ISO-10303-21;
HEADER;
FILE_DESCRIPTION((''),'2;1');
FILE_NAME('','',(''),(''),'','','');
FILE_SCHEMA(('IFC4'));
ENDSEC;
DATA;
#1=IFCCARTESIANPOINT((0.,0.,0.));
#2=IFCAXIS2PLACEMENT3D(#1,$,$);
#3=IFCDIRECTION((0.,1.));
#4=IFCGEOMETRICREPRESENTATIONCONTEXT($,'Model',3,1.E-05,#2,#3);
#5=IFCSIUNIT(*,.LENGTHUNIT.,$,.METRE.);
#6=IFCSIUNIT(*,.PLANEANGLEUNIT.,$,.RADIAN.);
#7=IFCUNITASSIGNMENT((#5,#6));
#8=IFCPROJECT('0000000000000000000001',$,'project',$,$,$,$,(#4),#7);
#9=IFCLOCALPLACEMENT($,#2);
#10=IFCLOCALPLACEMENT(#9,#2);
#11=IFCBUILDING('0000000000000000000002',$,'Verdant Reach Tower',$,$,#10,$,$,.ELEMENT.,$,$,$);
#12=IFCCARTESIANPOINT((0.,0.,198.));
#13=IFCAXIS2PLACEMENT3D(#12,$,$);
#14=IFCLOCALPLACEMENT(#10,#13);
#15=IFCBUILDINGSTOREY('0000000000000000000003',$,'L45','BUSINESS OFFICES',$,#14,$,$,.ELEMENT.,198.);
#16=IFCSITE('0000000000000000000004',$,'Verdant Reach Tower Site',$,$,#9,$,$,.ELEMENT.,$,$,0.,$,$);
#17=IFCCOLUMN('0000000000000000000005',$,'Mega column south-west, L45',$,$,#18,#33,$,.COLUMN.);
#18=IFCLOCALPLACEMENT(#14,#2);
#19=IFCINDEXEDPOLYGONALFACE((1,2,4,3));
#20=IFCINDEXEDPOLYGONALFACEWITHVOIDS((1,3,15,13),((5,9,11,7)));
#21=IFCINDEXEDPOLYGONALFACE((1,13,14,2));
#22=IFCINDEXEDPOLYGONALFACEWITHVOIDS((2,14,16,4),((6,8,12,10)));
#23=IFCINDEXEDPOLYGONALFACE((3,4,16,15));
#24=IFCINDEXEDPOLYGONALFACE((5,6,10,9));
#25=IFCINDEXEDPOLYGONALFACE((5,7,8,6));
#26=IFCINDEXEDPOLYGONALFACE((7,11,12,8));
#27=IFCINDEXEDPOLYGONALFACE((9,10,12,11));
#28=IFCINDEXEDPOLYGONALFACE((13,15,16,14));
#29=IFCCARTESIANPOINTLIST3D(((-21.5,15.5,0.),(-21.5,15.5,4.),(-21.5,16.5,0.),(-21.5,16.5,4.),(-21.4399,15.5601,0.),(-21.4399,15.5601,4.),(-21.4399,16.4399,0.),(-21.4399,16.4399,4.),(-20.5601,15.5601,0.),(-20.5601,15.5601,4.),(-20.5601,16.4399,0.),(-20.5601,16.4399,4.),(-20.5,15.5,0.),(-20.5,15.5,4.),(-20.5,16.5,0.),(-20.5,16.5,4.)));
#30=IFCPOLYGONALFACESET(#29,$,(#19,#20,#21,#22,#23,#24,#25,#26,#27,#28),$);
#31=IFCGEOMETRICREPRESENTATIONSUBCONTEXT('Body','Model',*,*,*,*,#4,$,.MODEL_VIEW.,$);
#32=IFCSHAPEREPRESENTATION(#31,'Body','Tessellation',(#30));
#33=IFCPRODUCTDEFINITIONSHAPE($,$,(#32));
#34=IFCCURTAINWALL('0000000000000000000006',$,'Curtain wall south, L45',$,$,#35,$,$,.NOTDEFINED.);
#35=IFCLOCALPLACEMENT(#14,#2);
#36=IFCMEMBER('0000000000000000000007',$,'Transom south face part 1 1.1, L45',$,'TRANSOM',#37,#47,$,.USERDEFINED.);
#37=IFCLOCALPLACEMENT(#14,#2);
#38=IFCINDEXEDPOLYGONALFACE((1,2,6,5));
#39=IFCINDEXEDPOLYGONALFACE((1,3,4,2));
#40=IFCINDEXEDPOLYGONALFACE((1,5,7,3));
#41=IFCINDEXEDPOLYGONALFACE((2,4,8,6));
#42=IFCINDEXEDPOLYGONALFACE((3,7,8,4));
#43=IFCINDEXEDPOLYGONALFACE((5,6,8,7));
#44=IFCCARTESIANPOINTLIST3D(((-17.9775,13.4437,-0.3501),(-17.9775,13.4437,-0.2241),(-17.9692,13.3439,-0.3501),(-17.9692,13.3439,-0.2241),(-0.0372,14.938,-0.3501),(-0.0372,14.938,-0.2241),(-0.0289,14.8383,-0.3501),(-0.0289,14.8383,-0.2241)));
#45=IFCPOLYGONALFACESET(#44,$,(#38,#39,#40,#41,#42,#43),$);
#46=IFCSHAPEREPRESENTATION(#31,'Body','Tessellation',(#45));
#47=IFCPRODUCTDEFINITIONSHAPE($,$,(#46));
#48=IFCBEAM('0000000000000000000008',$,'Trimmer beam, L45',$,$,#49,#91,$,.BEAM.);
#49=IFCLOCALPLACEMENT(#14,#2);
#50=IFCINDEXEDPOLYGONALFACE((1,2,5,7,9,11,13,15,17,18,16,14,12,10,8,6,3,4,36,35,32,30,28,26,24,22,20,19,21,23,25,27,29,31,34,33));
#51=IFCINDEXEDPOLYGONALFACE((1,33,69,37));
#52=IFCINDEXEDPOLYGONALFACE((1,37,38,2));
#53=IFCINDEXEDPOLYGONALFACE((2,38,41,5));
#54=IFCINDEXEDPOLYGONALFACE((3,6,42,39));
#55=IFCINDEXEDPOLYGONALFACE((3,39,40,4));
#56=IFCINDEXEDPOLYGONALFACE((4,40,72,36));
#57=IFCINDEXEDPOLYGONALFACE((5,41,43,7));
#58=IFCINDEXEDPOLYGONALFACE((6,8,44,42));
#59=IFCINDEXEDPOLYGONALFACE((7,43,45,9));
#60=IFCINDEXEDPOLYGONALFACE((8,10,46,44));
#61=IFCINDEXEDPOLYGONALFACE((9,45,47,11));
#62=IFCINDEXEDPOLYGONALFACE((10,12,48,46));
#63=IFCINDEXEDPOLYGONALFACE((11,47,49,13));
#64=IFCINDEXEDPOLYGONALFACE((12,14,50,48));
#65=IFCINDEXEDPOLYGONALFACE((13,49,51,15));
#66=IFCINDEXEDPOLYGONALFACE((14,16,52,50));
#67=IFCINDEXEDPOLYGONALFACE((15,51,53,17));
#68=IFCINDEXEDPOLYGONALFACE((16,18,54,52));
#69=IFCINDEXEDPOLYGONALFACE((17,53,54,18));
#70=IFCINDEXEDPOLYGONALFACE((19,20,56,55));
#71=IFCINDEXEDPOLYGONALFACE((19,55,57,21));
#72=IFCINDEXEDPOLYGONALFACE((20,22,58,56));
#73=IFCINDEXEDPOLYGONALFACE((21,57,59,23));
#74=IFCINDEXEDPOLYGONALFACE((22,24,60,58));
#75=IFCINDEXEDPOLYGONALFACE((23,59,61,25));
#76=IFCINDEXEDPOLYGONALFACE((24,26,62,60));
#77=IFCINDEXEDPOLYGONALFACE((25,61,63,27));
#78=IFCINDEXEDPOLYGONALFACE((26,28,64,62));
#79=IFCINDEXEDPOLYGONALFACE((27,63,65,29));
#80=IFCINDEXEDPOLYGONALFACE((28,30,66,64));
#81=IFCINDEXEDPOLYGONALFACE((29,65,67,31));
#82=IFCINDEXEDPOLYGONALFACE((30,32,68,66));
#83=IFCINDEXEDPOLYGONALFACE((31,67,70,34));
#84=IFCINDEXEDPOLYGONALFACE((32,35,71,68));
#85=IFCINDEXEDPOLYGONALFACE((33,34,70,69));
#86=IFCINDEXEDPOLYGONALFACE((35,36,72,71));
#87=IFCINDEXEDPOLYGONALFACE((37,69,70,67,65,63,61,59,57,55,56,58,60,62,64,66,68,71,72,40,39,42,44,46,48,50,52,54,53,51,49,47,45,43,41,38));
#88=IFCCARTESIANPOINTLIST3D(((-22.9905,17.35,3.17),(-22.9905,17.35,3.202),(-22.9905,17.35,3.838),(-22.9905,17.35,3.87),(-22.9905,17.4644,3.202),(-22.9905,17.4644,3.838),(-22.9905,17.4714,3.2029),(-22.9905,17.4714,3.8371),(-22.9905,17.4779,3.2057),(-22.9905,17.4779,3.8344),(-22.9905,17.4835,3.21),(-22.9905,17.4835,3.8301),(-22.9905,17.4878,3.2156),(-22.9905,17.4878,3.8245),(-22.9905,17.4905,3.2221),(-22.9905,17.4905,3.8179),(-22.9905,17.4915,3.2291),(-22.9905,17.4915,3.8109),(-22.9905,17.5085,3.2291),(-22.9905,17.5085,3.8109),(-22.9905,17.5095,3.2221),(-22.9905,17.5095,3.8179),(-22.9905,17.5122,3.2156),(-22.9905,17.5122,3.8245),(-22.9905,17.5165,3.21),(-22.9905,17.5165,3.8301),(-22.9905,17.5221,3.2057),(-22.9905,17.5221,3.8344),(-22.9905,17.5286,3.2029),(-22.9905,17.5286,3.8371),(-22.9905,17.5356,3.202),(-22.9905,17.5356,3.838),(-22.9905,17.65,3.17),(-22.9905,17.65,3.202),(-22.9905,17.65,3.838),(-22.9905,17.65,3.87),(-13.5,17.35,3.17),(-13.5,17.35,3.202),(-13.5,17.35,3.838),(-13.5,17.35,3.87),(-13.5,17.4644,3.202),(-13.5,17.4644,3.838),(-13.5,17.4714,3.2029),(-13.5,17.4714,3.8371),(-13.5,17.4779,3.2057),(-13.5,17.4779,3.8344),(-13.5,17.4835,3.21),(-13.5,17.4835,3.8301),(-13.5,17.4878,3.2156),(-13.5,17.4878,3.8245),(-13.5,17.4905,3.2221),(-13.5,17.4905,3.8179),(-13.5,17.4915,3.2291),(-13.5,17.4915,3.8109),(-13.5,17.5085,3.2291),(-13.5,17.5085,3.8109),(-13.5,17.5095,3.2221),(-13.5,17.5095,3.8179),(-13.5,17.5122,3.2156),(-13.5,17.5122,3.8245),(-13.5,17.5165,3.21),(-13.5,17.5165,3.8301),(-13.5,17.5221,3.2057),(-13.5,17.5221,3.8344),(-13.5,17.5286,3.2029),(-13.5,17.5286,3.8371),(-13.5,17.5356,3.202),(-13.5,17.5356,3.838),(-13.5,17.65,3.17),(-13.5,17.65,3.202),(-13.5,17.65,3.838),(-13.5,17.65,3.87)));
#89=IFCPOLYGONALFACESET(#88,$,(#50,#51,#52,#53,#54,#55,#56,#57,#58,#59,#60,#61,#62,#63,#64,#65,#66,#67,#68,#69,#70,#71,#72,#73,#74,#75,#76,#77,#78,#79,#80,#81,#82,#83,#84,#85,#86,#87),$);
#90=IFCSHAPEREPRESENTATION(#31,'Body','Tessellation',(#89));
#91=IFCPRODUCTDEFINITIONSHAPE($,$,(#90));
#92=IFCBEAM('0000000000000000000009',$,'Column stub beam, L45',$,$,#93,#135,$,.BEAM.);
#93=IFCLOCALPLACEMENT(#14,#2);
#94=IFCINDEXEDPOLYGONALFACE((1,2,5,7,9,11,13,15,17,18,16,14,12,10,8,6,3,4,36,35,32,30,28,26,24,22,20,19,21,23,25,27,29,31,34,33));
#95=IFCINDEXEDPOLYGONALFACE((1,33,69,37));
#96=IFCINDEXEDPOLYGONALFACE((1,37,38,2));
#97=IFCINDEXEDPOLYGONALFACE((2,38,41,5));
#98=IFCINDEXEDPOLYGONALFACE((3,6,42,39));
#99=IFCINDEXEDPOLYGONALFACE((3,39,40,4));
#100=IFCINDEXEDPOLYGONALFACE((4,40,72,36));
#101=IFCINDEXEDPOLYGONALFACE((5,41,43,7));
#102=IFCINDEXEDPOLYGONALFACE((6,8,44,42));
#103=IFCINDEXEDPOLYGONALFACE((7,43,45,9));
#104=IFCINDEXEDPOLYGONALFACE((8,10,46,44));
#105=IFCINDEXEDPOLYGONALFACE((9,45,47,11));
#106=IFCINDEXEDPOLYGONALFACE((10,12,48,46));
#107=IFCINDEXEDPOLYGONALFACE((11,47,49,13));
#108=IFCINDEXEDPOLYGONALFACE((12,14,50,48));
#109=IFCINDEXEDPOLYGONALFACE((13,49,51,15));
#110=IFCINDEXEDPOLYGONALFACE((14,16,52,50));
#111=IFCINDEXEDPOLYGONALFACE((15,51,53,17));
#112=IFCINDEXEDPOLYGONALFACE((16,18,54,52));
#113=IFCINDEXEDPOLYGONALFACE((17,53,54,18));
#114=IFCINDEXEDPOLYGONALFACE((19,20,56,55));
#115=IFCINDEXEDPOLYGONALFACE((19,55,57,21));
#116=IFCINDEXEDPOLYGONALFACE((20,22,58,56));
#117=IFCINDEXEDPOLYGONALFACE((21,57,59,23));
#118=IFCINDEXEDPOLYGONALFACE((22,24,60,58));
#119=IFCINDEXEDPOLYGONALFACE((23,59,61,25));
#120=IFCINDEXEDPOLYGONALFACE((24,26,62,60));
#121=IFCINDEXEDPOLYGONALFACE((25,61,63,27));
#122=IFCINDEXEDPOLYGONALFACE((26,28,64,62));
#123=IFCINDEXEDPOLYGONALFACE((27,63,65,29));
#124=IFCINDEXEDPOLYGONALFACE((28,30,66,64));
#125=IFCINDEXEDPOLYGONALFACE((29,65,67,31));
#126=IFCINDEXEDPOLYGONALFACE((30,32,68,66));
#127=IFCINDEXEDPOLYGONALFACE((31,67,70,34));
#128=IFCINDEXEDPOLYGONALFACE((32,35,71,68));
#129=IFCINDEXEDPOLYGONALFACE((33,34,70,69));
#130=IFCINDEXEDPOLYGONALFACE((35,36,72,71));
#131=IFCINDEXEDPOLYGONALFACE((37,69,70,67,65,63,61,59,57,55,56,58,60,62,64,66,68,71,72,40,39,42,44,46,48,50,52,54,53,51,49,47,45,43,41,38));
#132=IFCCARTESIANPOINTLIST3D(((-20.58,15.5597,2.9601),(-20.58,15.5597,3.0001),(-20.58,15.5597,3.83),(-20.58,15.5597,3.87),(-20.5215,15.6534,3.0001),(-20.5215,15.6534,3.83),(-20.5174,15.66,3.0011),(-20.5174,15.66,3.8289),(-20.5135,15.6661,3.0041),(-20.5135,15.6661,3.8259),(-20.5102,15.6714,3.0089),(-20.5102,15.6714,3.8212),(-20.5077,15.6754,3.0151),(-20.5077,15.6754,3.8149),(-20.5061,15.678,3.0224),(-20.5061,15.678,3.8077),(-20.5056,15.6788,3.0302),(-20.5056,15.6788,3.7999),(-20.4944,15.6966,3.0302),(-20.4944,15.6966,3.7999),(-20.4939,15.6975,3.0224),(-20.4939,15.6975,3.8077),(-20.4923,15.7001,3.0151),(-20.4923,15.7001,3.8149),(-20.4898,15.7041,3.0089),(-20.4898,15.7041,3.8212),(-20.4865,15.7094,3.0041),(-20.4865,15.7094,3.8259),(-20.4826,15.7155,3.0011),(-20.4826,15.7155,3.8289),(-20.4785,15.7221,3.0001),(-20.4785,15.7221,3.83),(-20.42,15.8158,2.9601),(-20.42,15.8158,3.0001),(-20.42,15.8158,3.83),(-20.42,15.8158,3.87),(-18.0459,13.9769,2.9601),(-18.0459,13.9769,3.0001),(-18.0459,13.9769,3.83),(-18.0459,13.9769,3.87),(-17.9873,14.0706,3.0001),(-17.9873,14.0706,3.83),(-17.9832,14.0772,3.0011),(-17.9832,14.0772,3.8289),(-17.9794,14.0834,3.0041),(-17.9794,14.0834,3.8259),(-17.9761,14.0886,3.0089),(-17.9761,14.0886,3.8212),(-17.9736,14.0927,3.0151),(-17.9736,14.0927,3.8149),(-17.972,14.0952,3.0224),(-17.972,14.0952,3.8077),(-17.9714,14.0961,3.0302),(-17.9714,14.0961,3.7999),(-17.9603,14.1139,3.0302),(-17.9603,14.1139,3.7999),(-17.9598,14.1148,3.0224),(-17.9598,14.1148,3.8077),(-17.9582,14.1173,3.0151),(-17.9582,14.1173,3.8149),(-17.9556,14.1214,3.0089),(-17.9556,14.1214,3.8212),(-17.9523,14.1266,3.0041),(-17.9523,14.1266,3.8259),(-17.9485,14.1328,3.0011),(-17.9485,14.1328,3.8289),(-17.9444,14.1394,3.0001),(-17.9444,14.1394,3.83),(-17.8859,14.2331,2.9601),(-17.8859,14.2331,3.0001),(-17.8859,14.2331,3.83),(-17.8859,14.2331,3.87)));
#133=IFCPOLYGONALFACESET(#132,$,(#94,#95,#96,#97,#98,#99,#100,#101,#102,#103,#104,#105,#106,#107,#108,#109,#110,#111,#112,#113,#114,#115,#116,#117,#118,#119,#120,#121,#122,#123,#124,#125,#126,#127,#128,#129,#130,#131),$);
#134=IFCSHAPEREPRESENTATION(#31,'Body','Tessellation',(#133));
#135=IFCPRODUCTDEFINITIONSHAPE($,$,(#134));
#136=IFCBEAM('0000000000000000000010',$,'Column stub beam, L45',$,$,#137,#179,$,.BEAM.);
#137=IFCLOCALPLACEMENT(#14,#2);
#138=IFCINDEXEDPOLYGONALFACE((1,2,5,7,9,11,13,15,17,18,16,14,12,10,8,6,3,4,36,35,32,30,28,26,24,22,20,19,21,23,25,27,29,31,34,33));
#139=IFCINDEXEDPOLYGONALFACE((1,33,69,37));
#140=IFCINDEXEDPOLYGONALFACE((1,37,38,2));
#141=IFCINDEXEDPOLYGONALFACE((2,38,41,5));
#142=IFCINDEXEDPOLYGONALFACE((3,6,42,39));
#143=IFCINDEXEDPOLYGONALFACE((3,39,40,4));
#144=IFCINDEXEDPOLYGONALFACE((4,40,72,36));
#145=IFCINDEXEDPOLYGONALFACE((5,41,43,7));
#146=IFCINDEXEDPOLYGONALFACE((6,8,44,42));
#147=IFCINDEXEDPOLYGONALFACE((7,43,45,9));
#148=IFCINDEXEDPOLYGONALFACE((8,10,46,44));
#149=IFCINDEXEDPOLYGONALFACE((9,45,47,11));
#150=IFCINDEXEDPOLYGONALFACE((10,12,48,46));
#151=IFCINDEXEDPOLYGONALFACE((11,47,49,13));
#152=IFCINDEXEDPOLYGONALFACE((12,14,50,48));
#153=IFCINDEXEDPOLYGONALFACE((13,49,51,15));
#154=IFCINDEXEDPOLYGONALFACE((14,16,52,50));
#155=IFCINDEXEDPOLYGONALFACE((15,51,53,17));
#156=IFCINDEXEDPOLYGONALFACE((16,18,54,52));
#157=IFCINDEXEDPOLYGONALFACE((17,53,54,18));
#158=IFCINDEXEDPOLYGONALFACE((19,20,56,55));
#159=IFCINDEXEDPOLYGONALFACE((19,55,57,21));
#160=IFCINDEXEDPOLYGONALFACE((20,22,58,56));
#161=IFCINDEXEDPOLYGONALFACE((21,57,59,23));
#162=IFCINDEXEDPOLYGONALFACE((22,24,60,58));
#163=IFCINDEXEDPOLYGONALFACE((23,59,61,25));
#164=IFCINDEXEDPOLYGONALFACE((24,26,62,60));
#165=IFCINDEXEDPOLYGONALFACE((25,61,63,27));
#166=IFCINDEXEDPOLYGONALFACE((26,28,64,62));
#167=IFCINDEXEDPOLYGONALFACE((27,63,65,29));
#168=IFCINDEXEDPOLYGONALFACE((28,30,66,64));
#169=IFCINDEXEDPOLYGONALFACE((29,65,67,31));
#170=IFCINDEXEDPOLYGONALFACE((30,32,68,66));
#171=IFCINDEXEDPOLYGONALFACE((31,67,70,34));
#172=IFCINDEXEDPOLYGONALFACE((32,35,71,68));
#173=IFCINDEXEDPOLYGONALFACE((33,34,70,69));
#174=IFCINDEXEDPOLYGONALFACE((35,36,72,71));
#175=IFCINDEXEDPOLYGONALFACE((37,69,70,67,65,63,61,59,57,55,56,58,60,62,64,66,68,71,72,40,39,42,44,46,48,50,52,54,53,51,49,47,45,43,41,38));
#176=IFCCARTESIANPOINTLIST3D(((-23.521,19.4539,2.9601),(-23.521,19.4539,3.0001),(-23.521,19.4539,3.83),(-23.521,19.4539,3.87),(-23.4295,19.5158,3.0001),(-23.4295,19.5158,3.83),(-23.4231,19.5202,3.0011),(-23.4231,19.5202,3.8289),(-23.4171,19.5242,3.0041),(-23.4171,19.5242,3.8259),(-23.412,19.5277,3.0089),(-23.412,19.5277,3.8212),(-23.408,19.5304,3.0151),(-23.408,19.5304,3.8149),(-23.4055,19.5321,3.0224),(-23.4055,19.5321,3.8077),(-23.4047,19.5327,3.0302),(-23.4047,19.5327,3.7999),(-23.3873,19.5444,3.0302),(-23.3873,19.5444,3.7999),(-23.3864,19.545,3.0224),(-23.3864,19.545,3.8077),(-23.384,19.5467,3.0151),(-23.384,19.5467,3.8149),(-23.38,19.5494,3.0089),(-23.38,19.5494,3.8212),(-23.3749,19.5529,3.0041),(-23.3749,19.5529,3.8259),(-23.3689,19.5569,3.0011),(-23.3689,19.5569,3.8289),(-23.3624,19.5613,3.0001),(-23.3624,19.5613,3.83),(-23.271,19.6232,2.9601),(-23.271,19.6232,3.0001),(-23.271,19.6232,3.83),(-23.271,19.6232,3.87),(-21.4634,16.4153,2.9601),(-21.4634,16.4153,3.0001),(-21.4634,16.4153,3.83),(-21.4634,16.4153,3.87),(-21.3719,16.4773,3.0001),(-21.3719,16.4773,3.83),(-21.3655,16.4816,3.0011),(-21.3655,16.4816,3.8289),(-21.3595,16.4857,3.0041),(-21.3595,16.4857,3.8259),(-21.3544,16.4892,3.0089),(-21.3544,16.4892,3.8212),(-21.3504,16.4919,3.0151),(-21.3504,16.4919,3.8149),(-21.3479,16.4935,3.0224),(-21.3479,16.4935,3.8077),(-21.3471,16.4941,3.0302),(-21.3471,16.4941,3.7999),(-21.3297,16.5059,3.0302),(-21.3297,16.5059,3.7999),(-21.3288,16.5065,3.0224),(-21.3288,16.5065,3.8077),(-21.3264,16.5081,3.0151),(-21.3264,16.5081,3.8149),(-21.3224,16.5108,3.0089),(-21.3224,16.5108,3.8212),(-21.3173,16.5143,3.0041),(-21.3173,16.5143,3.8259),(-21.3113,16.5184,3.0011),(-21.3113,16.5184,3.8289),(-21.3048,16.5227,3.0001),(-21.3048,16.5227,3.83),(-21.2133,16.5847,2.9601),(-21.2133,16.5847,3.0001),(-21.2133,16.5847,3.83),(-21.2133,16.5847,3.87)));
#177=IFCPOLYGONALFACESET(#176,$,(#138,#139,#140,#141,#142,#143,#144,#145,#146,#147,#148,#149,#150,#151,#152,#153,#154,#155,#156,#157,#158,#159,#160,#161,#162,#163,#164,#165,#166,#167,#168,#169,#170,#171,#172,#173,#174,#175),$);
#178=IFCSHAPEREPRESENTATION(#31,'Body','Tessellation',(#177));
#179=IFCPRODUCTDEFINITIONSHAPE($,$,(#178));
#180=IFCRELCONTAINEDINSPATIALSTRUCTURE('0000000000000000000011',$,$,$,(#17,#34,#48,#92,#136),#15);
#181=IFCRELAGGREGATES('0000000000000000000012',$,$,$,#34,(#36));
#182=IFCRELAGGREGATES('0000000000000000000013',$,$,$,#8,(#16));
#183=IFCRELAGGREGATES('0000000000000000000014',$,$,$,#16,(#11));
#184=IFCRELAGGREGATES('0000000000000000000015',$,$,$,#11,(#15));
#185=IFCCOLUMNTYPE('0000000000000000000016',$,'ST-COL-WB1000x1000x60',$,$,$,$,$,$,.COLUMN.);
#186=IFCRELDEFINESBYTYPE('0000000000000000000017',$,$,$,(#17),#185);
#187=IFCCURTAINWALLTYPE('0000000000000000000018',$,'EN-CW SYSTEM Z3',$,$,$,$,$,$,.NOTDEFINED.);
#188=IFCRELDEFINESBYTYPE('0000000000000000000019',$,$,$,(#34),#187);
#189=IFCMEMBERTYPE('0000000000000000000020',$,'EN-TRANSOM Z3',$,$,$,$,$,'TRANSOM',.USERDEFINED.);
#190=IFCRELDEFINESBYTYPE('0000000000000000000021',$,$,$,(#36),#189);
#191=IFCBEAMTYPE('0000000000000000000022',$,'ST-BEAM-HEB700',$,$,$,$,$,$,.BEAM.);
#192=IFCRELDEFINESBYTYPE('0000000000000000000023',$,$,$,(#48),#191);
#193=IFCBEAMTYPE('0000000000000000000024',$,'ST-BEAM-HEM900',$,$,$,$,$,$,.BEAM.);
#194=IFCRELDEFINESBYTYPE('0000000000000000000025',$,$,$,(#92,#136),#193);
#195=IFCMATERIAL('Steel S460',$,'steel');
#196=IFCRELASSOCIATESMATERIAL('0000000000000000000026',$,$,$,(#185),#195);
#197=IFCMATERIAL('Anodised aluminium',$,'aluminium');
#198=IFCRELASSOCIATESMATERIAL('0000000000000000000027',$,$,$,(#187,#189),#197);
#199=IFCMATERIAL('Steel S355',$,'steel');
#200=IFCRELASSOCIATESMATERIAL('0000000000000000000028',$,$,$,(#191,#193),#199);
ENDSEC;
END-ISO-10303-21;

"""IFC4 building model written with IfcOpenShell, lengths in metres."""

from ifc_helpers import new_model, si_unit, direction, frame, origin, origin_2d, place, context, subcontext, project, spatial, rectangle, hollow_rectangle, i_section, extrude, material, material_profile, profile_set, type_object, element, aggregate, save


model = new_model("IFC4")

# Units and contexts
model_context = context("Model", 3, precision=1e-05, world=origin(), true_north=direction((0.0, 1.0)))
body_context = subcontext(model_context, "Body", "Model", "MODEL_VIEW")
ifc_project = project(units=[si_unit("LENGTHUNIT", "METRE"), si_unit("PLANEANGLEUNIT", "RADIAN")], contexts=[model_context])

# Site, building, storey
site_placement = place(None, origin())
site = spatial("IfcSite", under=ifc_project, at=site_placement, Name="Verdant Reach Tower Site", CompositionType="ELEMENT", RefElevation=0.0)
building_placement = place(site_placement, origin())
building = spatial("IfcBuilding", under=site, at=building_placement, Name="Verdant Reach Tower", CompositionType="ELEMENT")
storey_placement = place(building_placement, frame((0.0, 0.0, 198.0)))
storey = spatial("IfcBuildingStorey", under=building, at=storey_placement, Name="L45", Description="BUSINESS OFFICES", CompositionType="ELEMENT", Elevation=198.0)

# Column
ifc_material_1 = material(Name="Steel S460", Category="steel")
ifc_material_profile_1 = material_profile(ifc_material_1, hollow_rectangle(XDim=1.0, YDim=1.0, WallThickness=0.0601, at=origin_2d()), Name="WB 1000x1000x60")
ifc_profile_set_1 = profile_set([ifc_material_profile_1], Name="Steel S460")
column_type = type_object("IfcColumnType", Name="ST-COL-WB1000x1000x60", PredefinedType="COLUMN", material=ifc_profile_set_1)
column_placement = place(storey_placement, frame((-21.0, 16.0, 0.0), z_axis=(0.0, 0.0, 1.0), x_axis=(1.0, 0.0, 0.0)))
element("IfcColumn", 1, at=column_placement, inside=storey, type_object=column_type, Name="Mega column south-west, L45", PredefinedType="COLUMN", context=body_context, shape_type="SweptSolid", body=[
    extrude(hollow_rectangle(XDim=1.0, YDim=1.0, WallThickness=0.0601, at=origin_2d()), origin(), (0.0, 0.0, 1.0), 4.0),
])

# Curtain wall, member
ifc_material_2 = material(Name="Anodised aluminium", Category="aluminium")
curtain_wall_type = type_object("IfcCurtainWallType", Name="EN-CW SYSTEM Z3", PredefinedType="NOTDEFINED", material=ifc_material_2)
curtain_wall_1_placement = place(storey_placement, origin())
curtain_wall_1 = element("IfcCurtainWall", 2, at=curtain_wall_1_placement, inside=storey, type_object=curtain_wall_type, Name="Curtain wall south, L45", PredefinedType="NOTDEFINED")
ifc_material_profile_2 = material_profile(ifc_material_2, rectangle(XDim=0.1001, YDim=0.126, at=origin_2d()), Name="Transom 126x100")
ifc_profile_set_2 = profile_set([ifc_material_profile_2], Name="Anodised aluminium")
member_type = type_object("IfcMemberType", Name="EN-TRANSOM Z3", ElementType="TRANSOM", PredefinedType="USERDEFINED", material=ifc_profile_set_2)
member_placement = place(storey_placement, frame((-17.9734, 13.3938, -0.2871), z_axis=(0.996549, 0.08301, 0.0), x_axis=(-0.08301, 0.996549, 0.0)))
member = element("IfcMember", 3, at=member_placement, type_object=member_type, Name="Transom south face part 1 1.1, L45", ObjectType="TRANSOM", PredefinedType="USERDEFINED", context=body_context, shape_type="SweptSolid", body=[
    extrude(rectangle(XDim=0.1001, YDim=0.126, at=origin_2d()), origin(), (0.0, 0.0, 1.0), 18.0024),
])

# Beams
ifc_material_3 = material(Name="Steel S355", Category="steel")
ifc_material_profile_3 = material_profile(ifc_material_3, i_section(OverallWidth=0.3, OverallDepth=0.7, WebThickness=0.0171, FlangeThickness=0.032, FilletRadius=0.0271, at=origin_2d()), Name="HEB 700")
ifc_profile_set_3 = profile_set([ifc_material_profile_3], Name="Steel S355")
beam_type_1 = type_object("IfcBeamType", Name="ST-BEAM-HEB700", PredefinedType="BEAM", material=ifc_profile_set_3)
beam_1_placement = place(storey_placement, frame((-13.5, 17.5, 3.52), z_axis=(-1.0, 0.0, 0.0), x_axis=(0.0, -1.0, 0.0)))
element("IfcBeam", 4, at=beam_1_placement, inside=storey, type_object=beam_type_1, Name="Trimmer beam, L45", PredefinedType="BEAM", context=body_context, shape_type="SweptSolid", body=[
    extrude(i_section(OverallWidth=0.3, OverallDepth=0.7, WebThickness=0.0171, FlangeThickness=0.032, FilletRadius=0.0271, at=origin_2d()), origin(), (0.0, 0.0, 1.0), 9.4905),
])
ifc_material_profile_4 = material_profile(ifc_material_3, i_section(OverallWidth=0.302, OverallDepth=0.9099, WebThickness=0.021, FlangeThickness=0.04, FilletRadius=0.03, at=origin_2d()), Name="HEM 900")
ifc_profile_set_4 = profile_set([ifc_material_profile_4], Name="Steel S355")
beam_type_2 = type_object("IfcBeamType", Name="ST-BEAM-HEM900", PredefinedType="BEAM", material=ifc_profile_set_4)
beam_2_placement = place(storey_placement, frame((-20.5, 15.6877, 3.415), z_axis=(0.848164, -0.529735, 0.0), x_axis=(0.529735, 0.848164, 0.0)))
element("IfcBeam", 5, at=beam_2_placement, inside=storey, type_object=beam_type_2, Name="Column stub beam, L45", PredefinedType="BEAM", context=body_context, shape_type="SweptSolid", body=[
    extrude(i_section(OverallWidth=0.302, OverallDepth=0.9099, WebThickness=0.021, FlangeThickness=0.04, FilletRadius=0.03, at=origin_2d()), origin(), (0.0, 0.0, 1.0), 2.9878),
])
beam_3_placement = place(storey_placement, frame((-21.3384, 16.5, 3.415), z_axis=(-0.560704, 0.828016, 0.0), x_axis=(-0.828016, -0.560704, 0.0)))
element("IfcBeam", 6, at=beam_3_placement, inside=storey, type_object=beam_type_2, Name="Column stub beam, L45", PredefinedType="BEAM", context=body_context, shape_type="SweptSolid", body=[
    extrude(i_section(OverallWidth=0.302, OverallDepth=0.9099, WebThickness=0.021, FlangeThickness=0.04, FilletRadius=0.03, at=origin_2d()), origin(), (0.0, 0.0, 1.0), 3.6697),
])

aggregate(curtain_wall_1, [member])

save(model, "model.ifc")
